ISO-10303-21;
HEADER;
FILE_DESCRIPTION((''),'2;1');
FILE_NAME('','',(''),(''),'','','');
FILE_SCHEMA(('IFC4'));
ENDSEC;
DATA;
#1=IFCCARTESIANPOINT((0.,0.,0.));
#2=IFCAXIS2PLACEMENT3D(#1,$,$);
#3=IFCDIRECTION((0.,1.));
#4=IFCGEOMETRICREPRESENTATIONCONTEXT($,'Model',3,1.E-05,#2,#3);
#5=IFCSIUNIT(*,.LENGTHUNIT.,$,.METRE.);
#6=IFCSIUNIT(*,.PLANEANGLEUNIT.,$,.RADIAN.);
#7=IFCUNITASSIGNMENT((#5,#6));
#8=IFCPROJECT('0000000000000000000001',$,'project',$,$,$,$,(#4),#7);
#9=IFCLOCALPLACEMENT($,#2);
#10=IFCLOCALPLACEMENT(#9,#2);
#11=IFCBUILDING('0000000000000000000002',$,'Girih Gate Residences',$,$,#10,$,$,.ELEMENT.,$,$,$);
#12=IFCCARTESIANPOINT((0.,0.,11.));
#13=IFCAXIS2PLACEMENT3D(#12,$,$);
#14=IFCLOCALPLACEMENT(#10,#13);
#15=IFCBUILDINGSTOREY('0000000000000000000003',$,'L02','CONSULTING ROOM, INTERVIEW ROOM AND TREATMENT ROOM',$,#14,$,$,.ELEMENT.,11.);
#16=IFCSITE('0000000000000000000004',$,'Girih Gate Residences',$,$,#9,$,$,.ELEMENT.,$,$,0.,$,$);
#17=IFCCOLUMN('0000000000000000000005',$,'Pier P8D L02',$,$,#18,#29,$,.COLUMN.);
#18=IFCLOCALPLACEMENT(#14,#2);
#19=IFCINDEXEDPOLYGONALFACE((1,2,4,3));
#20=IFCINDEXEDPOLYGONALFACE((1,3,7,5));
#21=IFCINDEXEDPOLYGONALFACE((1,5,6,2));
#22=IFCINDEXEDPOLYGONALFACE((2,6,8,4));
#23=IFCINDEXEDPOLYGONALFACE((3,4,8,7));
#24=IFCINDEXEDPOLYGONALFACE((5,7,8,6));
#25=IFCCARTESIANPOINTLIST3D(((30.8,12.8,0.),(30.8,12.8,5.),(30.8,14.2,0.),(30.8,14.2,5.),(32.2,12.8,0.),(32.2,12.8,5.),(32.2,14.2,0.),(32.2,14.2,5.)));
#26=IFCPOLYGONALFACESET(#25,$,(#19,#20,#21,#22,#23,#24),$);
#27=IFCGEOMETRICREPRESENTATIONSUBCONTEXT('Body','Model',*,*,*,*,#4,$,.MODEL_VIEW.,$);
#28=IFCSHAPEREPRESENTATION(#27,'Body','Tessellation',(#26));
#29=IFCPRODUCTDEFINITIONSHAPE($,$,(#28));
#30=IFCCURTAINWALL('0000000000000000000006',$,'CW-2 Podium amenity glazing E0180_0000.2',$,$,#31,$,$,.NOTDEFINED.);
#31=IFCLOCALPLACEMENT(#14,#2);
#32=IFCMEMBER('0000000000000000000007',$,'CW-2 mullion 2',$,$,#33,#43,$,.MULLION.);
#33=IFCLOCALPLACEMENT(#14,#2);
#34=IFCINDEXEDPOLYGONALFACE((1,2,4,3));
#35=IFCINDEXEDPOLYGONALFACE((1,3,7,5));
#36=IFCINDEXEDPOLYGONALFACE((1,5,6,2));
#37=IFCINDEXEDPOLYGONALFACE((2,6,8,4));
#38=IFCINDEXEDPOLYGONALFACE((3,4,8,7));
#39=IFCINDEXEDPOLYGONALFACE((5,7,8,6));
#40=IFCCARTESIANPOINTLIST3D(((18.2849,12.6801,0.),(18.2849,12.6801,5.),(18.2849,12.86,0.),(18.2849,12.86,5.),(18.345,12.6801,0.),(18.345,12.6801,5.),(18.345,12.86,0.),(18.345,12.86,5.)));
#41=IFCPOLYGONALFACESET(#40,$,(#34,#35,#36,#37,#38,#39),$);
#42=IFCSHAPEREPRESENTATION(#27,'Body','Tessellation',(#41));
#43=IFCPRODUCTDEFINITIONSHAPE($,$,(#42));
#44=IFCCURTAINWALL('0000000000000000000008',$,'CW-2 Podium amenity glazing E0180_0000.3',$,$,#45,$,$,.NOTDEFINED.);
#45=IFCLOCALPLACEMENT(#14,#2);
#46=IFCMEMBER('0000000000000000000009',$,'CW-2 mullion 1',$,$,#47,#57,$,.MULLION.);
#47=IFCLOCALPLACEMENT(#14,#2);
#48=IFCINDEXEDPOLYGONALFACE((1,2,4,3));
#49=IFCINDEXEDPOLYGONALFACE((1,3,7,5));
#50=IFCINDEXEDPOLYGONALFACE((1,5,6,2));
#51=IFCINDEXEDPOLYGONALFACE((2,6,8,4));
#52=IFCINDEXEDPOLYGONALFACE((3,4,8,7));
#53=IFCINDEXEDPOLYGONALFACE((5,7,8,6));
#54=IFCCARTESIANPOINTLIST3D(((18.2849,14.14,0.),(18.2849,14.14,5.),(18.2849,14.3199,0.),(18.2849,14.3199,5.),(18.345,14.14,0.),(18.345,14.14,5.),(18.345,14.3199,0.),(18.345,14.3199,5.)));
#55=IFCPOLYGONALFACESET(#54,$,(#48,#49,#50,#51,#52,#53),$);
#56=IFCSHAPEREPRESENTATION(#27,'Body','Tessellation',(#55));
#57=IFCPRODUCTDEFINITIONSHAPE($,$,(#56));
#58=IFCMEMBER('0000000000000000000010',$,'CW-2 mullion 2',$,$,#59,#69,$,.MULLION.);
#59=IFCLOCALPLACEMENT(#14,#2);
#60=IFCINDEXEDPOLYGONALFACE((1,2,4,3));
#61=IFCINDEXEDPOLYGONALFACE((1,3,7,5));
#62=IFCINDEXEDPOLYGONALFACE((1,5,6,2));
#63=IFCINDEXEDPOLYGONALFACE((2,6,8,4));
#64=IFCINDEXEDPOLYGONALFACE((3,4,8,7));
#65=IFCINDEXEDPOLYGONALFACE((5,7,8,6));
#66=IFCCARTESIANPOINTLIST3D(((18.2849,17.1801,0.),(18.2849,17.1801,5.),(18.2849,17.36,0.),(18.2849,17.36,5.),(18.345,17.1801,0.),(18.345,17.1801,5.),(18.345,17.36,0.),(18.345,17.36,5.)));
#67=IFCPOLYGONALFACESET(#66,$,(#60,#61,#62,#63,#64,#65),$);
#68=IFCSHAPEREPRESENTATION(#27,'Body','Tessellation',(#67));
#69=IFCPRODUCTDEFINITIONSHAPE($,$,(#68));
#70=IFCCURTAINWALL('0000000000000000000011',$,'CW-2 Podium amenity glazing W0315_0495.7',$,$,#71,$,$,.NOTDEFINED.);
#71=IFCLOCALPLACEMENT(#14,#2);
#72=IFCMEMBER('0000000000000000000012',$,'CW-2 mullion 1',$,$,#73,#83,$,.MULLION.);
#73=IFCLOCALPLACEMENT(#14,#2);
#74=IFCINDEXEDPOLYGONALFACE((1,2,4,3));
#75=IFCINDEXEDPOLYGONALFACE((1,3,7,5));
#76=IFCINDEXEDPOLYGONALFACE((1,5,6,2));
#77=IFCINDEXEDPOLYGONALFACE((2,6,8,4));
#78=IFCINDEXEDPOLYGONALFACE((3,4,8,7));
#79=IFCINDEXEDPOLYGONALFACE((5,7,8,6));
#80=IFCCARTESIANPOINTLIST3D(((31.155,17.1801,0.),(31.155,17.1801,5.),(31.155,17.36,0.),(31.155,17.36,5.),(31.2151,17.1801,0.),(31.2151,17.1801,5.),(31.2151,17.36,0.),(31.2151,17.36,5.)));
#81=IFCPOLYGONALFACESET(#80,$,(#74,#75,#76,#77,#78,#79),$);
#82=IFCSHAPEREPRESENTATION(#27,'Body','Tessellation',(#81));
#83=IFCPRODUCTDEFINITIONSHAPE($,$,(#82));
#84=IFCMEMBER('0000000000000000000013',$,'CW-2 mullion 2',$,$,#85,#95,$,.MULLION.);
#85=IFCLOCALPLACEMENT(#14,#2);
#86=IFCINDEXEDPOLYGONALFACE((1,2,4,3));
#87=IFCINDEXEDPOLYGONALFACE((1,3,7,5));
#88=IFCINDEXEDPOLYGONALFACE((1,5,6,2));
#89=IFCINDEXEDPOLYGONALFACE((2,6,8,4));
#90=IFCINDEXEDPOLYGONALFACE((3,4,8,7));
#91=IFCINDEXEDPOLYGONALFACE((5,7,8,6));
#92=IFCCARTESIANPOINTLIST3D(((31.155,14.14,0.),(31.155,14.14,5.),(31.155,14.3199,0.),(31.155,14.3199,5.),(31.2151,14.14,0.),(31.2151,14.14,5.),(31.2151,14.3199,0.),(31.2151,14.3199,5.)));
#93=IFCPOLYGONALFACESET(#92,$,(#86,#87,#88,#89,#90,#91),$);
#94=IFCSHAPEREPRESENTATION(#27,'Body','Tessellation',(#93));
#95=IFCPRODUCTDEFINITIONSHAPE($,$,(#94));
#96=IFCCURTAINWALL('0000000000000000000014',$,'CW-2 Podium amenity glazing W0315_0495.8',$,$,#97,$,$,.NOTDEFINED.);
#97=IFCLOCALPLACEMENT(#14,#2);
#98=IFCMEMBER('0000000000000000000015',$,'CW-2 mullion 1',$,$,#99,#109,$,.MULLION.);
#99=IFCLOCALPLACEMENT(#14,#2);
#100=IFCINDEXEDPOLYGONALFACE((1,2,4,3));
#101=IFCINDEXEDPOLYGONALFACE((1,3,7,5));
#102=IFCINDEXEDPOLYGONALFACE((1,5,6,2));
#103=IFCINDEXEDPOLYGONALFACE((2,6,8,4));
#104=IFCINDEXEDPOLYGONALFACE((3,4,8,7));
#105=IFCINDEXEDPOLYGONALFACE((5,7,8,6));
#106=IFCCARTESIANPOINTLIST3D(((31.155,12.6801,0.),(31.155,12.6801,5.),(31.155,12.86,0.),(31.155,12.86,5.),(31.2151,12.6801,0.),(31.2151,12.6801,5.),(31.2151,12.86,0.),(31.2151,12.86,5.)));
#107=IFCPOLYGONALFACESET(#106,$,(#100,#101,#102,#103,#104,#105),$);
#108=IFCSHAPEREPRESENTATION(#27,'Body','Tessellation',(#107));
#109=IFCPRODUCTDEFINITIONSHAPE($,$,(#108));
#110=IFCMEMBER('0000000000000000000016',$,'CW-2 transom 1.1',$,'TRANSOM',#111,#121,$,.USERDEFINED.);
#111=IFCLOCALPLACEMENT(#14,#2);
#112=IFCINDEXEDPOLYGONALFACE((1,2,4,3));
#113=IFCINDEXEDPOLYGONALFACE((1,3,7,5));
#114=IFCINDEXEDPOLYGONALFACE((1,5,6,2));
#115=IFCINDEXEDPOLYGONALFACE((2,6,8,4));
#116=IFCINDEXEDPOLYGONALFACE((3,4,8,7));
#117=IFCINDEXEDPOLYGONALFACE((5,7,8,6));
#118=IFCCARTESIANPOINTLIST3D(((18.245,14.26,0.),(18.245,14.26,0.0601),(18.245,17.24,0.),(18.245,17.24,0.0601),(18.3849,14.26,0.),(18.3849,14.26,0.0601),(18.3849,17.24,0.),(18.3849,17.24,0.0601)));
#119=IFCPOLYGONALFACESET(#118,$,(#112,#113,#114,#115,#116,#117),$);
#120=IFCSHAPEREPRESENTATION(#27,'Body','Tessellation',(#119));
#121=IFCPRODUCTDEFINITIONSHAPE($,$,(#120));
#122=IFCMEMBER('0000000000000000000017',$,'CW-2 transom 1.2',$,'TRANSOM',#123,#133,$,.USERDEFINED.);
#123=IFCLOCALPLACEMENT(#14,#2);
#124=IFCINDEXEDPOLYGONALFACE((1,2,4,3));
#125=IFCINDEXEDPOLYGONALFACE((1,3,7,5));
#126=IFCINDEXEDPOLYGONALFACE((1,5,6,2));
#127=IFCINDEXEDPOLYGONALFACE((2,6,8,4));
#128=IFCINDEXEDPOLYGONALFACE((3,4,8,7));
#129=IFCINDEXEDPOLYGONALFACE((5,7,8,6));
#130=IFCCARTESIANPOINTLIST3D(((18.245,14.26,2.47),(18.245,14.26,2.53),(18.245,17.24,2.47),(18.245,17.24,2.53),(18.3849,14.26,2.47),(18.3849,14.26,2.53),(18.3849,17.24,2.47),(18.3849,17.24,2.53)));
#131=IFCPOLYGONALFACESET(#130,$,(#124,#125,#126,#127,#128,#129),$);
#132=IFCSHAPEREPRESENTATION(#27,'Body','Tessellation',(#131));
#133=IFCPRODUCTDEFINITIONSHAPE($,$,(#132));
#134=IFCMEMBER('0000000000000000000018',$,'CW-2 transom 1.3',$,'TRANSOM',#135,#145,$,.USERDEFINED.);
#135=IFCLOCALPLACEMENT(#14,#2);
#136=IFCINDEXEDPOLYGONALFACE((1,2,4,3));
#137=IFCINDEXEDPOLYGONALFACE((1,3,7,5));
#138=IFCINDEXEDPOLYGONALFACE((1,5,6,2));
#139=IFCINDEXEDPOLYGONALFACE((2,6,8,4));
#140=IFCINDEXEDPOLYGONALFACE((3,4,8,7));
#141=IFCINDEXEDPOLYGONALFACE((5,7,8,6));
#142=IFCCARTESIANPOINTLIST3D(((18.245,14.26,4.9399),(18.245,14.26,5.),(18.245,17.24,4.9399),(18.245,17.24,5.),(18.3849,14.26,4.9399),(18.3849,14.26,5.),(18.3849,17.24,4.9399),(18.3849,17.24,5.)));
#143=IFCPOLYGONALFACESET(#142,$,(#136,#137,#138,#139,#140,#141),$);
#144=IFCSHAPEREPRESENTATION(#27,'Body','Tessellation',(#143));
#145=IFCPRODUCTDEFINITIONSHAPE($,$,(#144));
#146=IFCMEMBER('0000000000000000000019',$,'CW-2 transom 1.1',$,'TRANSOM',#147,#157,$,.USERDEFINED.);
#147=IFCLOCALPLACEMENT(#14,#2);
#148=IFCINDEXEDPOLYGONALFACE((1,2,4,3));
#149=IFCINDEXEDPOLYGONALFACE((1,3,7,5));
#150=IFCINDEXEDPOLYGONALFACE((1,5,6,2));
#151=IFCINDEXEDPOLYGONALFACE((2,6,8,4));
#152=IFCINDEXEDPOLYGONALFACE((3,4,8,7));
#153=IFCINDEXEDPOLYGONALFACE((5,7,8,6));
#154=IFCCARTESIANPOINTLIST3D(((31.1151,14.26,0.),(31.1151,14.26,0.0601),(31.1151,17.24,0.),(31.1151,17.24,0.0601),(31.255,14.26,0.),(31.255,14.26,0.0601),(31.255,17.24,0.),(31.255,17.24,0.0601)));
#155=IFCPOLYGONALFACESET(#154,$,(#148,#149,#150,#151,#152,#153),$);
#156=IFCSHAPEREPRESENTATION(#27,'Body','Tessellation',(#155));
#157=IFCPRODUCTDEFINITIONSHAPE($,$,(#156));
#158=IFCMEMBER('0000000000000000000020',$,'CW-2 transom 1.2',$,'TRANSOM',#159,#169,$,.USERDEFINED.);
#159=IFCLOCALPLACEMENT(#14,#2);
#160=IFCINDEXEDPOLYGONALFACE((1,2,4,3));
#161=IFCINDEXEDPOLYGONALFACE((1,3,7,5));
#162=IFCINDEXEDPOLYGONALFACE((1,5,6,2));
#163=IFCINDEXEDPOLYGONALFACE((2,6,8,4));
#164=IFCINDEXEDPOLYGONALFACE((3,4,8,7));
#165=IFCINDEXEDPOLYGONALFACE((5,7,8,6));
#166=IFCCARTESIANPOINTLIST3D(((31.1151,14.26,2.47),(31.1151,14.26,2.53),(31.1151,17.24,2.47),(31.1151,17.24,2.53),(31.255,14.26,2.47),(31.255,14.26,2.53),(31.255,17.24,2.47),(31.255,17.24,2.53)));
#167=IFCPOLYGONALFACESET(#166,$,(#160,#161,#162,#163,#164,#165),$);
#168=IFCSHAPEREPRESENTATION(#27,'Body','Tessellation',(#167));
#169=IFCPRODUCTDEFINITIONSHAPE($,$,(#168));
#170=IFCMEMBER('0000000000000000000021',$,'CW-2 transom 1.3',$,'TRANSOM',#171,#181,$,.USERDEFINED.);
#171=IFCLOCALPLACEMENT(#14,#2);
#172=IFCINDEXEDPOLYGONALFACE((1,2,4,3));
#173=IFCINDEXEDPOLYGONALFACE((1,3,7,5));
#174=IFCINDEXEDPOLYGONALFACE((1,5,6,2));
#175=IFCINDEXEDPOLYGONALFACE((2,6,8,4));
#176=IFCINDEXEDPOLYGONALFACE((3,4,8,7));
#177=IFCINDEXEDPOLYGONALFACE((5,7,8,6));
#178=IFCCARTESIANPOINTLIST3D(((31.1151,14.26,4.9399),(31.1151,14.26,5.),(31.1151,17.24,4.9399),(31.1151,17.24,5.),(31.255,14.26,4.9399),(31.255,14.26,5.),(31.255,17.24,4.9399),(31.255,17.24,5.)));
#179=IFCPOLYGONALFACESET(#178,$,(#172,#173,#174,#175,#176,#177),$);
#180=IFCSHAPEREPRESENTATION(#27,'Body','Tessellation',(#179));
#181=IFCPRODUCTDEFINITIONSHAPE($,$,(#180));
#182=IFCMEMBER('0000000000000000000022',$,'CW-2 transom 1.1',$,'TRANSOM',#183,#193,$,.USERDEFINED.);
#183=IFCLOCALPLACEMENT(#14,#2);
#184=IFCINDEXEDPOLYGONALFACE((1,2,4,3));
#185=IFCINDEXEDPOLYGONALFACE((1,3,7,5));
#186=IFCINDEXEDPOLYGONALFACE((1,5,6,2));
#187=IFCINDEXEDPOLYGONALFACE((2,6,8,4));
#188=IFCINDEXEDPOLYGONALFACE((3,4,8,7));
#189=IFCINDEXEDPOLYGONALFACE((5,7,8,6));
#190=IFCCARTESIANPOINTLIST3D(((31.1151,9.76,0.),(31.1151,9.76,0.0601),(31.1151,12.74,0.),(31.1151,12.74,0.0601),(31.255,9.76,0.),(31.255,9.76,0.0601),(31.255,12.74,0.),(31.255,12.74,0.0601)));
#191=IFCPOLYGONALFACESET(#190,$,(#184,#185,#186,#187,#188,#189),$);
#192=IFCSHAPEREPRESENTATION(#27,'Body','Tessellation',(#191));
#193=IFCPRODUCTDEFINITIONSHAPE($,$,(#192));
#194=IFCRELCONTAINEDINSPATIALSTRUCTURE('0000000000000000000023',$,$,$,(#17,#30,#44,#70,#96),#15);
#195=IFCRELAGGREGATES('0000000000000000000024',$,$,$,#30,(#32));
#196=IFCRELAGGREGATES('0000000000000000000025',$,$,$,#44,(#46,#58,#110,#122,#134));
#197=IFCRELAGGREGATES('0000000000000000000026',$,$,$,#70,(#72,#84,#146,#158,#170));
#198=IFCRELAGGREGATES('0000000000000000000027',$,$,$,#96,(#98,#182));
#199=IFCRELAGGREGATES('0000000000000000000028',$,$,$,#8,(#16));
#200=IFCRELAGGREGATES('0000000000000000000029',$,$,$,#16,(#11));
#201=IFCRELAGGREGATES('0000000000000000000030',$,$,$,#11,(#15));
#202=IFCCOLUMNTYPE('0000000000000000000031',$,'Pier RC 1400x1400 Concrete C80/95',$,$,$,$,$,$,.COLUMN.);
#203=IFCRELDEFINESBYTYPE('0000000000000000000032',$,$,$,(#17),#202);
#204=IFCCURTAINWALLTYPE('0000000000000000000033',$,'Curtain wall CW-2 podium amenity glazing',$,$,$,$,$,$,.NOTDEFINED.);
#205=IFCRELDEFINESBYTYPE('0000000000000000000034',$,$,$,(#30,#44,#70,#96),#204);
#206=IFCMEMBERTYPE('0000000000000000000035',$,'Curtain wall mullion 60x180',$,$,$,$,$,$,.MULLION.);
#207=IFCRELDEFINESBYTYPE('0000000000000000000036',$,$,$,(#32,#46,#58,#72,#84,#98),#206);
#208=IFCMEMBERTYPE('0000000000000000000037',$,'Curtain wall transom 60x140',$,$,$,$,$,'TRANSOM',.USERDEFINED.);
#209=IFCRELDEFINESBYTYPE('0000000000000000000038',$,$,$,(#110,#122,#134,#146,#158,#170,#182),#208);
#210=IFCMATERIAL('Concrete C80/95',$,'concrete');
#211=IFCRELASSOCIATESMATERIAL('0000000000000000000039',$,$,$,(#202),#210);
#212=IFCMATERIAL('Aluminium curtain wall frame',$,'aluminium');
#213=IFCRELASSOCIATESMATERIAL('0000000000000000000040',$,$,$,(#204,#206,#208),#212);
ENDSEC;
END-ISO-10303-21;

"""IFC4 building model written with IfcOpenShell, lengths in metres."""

from ifc_helpers import new_model, si_unit, direction, frame, origin, origin_2d, place, context, subcontext, project, spatial, rectangle, extrude, material, material_profile, profile_set, type_object, element, aggregate, save


model = new_model("IFC4")

# Units and contexts
model_context = context("Model", 3, precision=1e-05, world=origin(), true_north=direction((0.0, 1.0)))
body_context = subcontext(model_context, "Body", "Model", "MODEL_VIEW")
ifc_project = project(units=[si_unit("LENGTHUNIT", "METRE"), si_unit("PLANEANGLEUNIT", "RADIAN")], contexts=[model_context])

# Site, building, storey
site_placement = place(None, origin())
site = spatial("IfcSite", under=ifc_project, at=site_placement, Name="Girih Gate Residences", CompositionType="ELEMENT", RefElevation=0.0)
building_placement = place(site_placement, origin())
building = spatial("IfcBuilding", under=site, at=building_placement, Name="Girih Gate Residences", CompositionType="ELEMENT")
storey_placement = place(building_placement, frame((0.0, 0.0, 11.0)))
storey = spatial("IfcBuildingStorey", under=building, at=storey_placement, Name="L02", Description="CONSULTING ROOM, INTERVIEW ROOM AND TREATMENT ROOM", CompositionType="ELEMENT", Elevation=11.0)

# Column
ifc_material_1 = material(Name="Concrete C80/95", Category="concrete")
ifc_material_profile_1 = material_profile(ifc_material_1, rectangle(XDim=1.3999, YDim=1.3999, at=origin_2d()))
ifc_profile_set_1 = profile_set([ifc_material_profile_1], Name="Concrete C80/95")
column_type = type_object("IfcColumnType", Name="Pier RC 1400x1400 Concrete C80/95", PredefinedType="COLUMN", material=ifc_profile_set_1)
column_placement = place(storey_placement, frame((31.5, 13.5, 0.0), z_axis=(0.0, 0.0, 1.0), x_axis=(1.0, 0.0, 0.0)))
element("IfcColumn", 1, at=column_placement, inside=storey, type_object=column_type, Name="Pier P8D L02", PredefinedType="COLUMN", context=body_context, shape_type="SweptSolid", body=[
    extrude(rectangle(XDim=1.3999, YDim=1.3999, at=origin_2d()), origin(), (0.0, 0.0, 1.0), 5.0),
])

# Curtain wall, member
ifc_material_2 = material(Name="Aluminium curtain wall frame", Category="aluminium")
curtain_wall_type = type_object("IfcCurtainWallType", Name="Curtain wall CW-2 podium amenity glazing", PredefinedType="NOTDEFINED", material=ifc_material_2)
curtain_wall_1_placement = place(storey_placement, origin())
curtain_wall_1 = element("IfcCurtainWall", 2, at=curtain_wall_1_placement, inside=storey, type_object=curtain_wall_type, Name="CW-2 Podium amenity glazing E0180_0000.2", PredefinedType="NOTDEFINED")
ifc_material_profile_2 = material_profile(ifc_material_2, rectangle(XDim=0.0601, YDim=0.1799, at=origin_2d()))
ifc_profile_set_2 = profile_set([ifc_material_profile_2], Name="Aluminium curtain wall frame")
member_type_1 = type_object("IfcMemberType", Name="Curtain wall mullion 60x180", PredefinedType="MULLION", material=ifc_profile_set_2)
member_1_placement = place(storey_placement, frame((18.3149, 12.77, 0.0), z_axis=(0.0, 0.0, 1.0), x_axis=(-1.0, 0.0, 0.0)))
member_1 = element("IfcMember", 3, at=member_1_placement, type_object=member_type_1, Name="CW-2 mullion 2", PredefinedType="MULLION", context=body_context, shape_type="SweptSolid", body=[
    extrude(rectangle(XDim=0.0601, YDim=0.1799, at=origin_2d()), origin(), (0.0, 0.0, 1.0), 5.0),
])
aggregate(curtain_wall_1, [member_1])

# Curtain walls, members
curtain_wall_2_placement = place(storey_placement, origin())
curtain_wall_2 = element("IfcCurtainWall", 4, at=curtain_wall_2_placement, inside=storey, type_object=curtain_wall_type, Name="CW-2 Podium amenity glazing E0180_0000.3", PredefinedType="NOTDEFINED")
member_2_placement = place(storey_placement, frame((18.3149, 14.23, 0.0), z_axis=(0.0, 0.0, 1.0), x_axis=(-1.0, 0.0, 0.0)))
member_2 = element("IfcMember", 5, at=member_2_placement, type_object=member_type_1, Name="CW-2 mullion 1", PredefinedType="MULLION", context=body_context, shape_type="SweptSolid", body=[
    extrude(rectangle(XDim=0.0601, YDim=0.1799, at=origin_2d()), origin(), (0.0, 0.0, 1.0), 5.0),
])
member_3_placement = place(storey_placement, frame((18.3149, 17.27, 0.0), z_axis=(0.0, 0.0, 1.0), x_axis=(-1.0, 0.0, 0.0)))
member_3 = element("IfcMember", 6, at=member_3_placement, type_object=member_type_1, Name="CW-2 mullion 2", PredefinedType="MULLION", context=body_context, shape_type="SweptSolid", body=[
    extrude(rectangle(XDim=0.0601, YDim=0.1799, at=origin_2d()), origin(), (0.0, 0.0, 1.0), 5.0),
])
curtain_wall_3_placement = place(storey_placement, origin())
curtain_wall_3 = element("IfcCurtainWall", 7, at=curtain_wall_3_placement, inside=storey, type_object=curtain_wall_type, Name="CW-2 Podium amenity glazing W0315_0495.7", PredefinedType="NOTDEFINED")
member_4_placement = place(storey_placement, frame((31.1851, 17.27, 0.0), z_axis=(0.0, 0.0, 1.0), x_axis=(1.0, 0.0, 0.0)))
member_4 = element("IfcMember", 8, at=member_4_placement, type_object=member_type_1, Name="CW-2 mullion 1", PredefinedType="MULLION", context=body_context, shape_type="SweptSolid", body=[
    extrude(rectangle(XDim=0.0601, YDim=0.1799, at=origin_2d()), origin(), (0.0, 0.0, 1.0), 5.0),
])
member_5_placement = place(storey_placement, frame((31.1851, 14.23, 0.0), z_axis=(0.0, 0.0, 1.0), x_axis=(1.0, 0.0, 0.0)))
member_5 = element("IfcMember", 9, at=member_5_placement, type_object=member_type_1, Name="CW-2 mullion 2", PredefinedType="MULLION", context=body_context, shape_type="SweptSolid", body=[
    extrude(rectangle(XDim=0.0601, YDim=0.1799, at=origin_2d()), origin(), (0.0, 0.0, 1.0), 5.0),
])

# Curtain wall, member
curtain_wall_4_placement = place(storey_placement, origin())
curtain_wall_4 = element("IfcCurtainWall", 10, at=curtain_wall_4_placement, inside=storey, type_object=curtain_wall_type, Name="CW-2 Podium amenity glazing W0315_0495.8", PredefinedType="NOTDEFINED")
member_6_placement = place(storey_placement, frame((31.1851, 12.77, 0.0), z_axis=(0.0, 0.0, 1.0), x_axis=(1.0, 0.0, 0.0)))
member_6 = element("IfcMember", 11, at=member_6_placement, type_object=member_type_1, Name="CW-2 mullion 1", PredefinedType="MULLION", context=body_context, shape_type="SweptSolid", body=[
    extrude(rectangle(XDim=0.0601, YDim=0.1799, at=origin_2d()), origin(), (0.0, 0.0, 1.0), 5.0),
])

# Members
ifc_material_profile_3 = material_profile(ifc_material_2, rectangle(XDim=0.1399, YDim=0.0601, at=origin_2d()))
ifc_profile_set_3 = profile_set([ifc_material_profile_3], Name="Aluminium curtain wall frame")
member_type_2 = type_object("IfcMemberType", Name="Curtain wall transom 60x140", ElementType="TRANSOM", PredefinedType="USERDEFINED", material=ifc_profile_set_3)
member_7_placement = place(storey_placement, frame((18.3149, 14.26, 0.03), z_axis=(0.0, 1.0, 0.0), x_axis=(-1.0, 0.0, 0.0)))
member_7 = element("IfcMember", 12, at=member_7_placement, type_object=member_type_2, Name="CW-2 transom 1.1", ObjectType="TRANSOM", PredefinedType="USERDEFINED", context=body_context, shape_type="SweptSolid", body=[
    extrude(rectangle(XDim=0.1399, YDim=0.0601, at=origin_2d()), origin(), (0.0, 0.0, 1.0), 2.98),
])
member_8_placement = place(storey_placement, frame((18.3149, 14.26, 2.5), z_axis=(0.0, 1.0, 0.0), x_axis=(-1.0, 0.0, 0.0)))
member_8 = element("IfcMember", 13, at=member_8_placement, type_object=member_type_2, Name="CW-2 transom 1.2", ObjectType="TRANSOM", PredefinedType="USERDEFINED", context=body_context, shape_type="SweptSolid", body=[
    extrude(rectangle(XDim=0.1399, YDim=0.0601, at=origin_2d()), origin(), (0.0, 0.0, 1.0), 2.98),
])
member_9_placement = place(storey_placement, frame((18.3149, 14.26, 4.97), z_axis=(0.0, 1.0, 0.0), x_axis=(-1.0, 0.0, 0.0)))
member_9 = element("IfcMember", 14, at=member_9_placement, type_object=member_type_2, Name="CW-2 transom 1.3", ObjectType="TRANSOM", PredefinedType="USERDEFINED", context=body_context, shape_type="SweptSolid", body=[
    extrude(rectangle(XDim=0.1399, YDim=0.0601, at=origin_2d()), origin(), (0.0, 0.0, 1.0), 2.98),
])
member_10_placement = place(storey_placement, frame((31.1851, 17.24, 0.03), z_axis=(0.0, -1.0, 0.0), x_axis=(1.0, 0.0, 0.0)))
member_10 = element("IfcMember", 15, at=member_10_placement, type_object=member_type_2, Name="CW-2 transom 1.1", ObjectType="TRANSOM", PredefinedType="USERDEFINED", context=body_context, shape_type="SweptSolid", body=[
    extrude(rectangle(XDim=0.1399, YDim=0.0601, at=origin_2d()), origin(), (0.0, 0.0, 1.0), 2.98),
])
member_11_placement = place(storey_placement, frame((31.1851, 17.24, 2.5), z_axis=(0.0, -1.0, 0.0), x_axis=(1.0, 0.0, 0.0)))
member_11 = element("IfcMember", 16, at=member_11_placement, type_object=member_type_2, Name="CW-2 transom 1.2", ObjectType="TRANSOM", PredefinedType="USERDEFINED", context=body_context, shape_type="SweptSolid", body=[
    extrude(rectangle(XDim=0.1399, YDim=0.0601, at=origin_2d()), origin(), (0.0, 0.0, 1.0), 2.98),
])
member_12_placement = place(storey_placement, frame((31.1851, 17.24, 4.97), z_axis=(0.0, -1.0, 0.0), x_axis=(1.0, 0.0, 0.0)))
member_12 = element("IfcMember", 17, at=member_12_placement, type_object=member_type_2, Name="CW-2 transom 1.3", ObjectType="TRANSOM", PredefinedType="USERDEFINED", context=body_context, shape_type="SweptSolid", body=[
    extrude(rectangle(XDim=0.1399, YDim=0.0601, at=origin_2d()), origin(), (0.0, 0.0, 1.0), 2.98),
])
member_13_placement = place(storey_placement, frame((31.1851, 12.74, 0.03), z_axis=(0.0, -1.0, 0.0), x_axis=(1.0, 0.0, 0.0)))
member_13 = element("IfcMember", 18, at=member_13_placement, type_object=member_type_2, Name="CW-2 transom 1.1", ObjectType="TRANSOM", PredefinedType="USERDEFINED", context=body_context, shape_type="SweptSolid", body=[
    extrude(rectangle(XDim=0.1399, YDim=0.0601, at=origin_2d()), origin(), (0.0, 0.0, 1.0), 2.98),
])

aggregate(curtain_wall_2, [member_2, member_3, member_7, member_8, member_9])
aggregate(curtain_wall_3, [member_4, member_5, member_10, member_11, member_12])
aggregate(curtain_wall_4, [member_6, member_13])

save(model, "model.ifc")
